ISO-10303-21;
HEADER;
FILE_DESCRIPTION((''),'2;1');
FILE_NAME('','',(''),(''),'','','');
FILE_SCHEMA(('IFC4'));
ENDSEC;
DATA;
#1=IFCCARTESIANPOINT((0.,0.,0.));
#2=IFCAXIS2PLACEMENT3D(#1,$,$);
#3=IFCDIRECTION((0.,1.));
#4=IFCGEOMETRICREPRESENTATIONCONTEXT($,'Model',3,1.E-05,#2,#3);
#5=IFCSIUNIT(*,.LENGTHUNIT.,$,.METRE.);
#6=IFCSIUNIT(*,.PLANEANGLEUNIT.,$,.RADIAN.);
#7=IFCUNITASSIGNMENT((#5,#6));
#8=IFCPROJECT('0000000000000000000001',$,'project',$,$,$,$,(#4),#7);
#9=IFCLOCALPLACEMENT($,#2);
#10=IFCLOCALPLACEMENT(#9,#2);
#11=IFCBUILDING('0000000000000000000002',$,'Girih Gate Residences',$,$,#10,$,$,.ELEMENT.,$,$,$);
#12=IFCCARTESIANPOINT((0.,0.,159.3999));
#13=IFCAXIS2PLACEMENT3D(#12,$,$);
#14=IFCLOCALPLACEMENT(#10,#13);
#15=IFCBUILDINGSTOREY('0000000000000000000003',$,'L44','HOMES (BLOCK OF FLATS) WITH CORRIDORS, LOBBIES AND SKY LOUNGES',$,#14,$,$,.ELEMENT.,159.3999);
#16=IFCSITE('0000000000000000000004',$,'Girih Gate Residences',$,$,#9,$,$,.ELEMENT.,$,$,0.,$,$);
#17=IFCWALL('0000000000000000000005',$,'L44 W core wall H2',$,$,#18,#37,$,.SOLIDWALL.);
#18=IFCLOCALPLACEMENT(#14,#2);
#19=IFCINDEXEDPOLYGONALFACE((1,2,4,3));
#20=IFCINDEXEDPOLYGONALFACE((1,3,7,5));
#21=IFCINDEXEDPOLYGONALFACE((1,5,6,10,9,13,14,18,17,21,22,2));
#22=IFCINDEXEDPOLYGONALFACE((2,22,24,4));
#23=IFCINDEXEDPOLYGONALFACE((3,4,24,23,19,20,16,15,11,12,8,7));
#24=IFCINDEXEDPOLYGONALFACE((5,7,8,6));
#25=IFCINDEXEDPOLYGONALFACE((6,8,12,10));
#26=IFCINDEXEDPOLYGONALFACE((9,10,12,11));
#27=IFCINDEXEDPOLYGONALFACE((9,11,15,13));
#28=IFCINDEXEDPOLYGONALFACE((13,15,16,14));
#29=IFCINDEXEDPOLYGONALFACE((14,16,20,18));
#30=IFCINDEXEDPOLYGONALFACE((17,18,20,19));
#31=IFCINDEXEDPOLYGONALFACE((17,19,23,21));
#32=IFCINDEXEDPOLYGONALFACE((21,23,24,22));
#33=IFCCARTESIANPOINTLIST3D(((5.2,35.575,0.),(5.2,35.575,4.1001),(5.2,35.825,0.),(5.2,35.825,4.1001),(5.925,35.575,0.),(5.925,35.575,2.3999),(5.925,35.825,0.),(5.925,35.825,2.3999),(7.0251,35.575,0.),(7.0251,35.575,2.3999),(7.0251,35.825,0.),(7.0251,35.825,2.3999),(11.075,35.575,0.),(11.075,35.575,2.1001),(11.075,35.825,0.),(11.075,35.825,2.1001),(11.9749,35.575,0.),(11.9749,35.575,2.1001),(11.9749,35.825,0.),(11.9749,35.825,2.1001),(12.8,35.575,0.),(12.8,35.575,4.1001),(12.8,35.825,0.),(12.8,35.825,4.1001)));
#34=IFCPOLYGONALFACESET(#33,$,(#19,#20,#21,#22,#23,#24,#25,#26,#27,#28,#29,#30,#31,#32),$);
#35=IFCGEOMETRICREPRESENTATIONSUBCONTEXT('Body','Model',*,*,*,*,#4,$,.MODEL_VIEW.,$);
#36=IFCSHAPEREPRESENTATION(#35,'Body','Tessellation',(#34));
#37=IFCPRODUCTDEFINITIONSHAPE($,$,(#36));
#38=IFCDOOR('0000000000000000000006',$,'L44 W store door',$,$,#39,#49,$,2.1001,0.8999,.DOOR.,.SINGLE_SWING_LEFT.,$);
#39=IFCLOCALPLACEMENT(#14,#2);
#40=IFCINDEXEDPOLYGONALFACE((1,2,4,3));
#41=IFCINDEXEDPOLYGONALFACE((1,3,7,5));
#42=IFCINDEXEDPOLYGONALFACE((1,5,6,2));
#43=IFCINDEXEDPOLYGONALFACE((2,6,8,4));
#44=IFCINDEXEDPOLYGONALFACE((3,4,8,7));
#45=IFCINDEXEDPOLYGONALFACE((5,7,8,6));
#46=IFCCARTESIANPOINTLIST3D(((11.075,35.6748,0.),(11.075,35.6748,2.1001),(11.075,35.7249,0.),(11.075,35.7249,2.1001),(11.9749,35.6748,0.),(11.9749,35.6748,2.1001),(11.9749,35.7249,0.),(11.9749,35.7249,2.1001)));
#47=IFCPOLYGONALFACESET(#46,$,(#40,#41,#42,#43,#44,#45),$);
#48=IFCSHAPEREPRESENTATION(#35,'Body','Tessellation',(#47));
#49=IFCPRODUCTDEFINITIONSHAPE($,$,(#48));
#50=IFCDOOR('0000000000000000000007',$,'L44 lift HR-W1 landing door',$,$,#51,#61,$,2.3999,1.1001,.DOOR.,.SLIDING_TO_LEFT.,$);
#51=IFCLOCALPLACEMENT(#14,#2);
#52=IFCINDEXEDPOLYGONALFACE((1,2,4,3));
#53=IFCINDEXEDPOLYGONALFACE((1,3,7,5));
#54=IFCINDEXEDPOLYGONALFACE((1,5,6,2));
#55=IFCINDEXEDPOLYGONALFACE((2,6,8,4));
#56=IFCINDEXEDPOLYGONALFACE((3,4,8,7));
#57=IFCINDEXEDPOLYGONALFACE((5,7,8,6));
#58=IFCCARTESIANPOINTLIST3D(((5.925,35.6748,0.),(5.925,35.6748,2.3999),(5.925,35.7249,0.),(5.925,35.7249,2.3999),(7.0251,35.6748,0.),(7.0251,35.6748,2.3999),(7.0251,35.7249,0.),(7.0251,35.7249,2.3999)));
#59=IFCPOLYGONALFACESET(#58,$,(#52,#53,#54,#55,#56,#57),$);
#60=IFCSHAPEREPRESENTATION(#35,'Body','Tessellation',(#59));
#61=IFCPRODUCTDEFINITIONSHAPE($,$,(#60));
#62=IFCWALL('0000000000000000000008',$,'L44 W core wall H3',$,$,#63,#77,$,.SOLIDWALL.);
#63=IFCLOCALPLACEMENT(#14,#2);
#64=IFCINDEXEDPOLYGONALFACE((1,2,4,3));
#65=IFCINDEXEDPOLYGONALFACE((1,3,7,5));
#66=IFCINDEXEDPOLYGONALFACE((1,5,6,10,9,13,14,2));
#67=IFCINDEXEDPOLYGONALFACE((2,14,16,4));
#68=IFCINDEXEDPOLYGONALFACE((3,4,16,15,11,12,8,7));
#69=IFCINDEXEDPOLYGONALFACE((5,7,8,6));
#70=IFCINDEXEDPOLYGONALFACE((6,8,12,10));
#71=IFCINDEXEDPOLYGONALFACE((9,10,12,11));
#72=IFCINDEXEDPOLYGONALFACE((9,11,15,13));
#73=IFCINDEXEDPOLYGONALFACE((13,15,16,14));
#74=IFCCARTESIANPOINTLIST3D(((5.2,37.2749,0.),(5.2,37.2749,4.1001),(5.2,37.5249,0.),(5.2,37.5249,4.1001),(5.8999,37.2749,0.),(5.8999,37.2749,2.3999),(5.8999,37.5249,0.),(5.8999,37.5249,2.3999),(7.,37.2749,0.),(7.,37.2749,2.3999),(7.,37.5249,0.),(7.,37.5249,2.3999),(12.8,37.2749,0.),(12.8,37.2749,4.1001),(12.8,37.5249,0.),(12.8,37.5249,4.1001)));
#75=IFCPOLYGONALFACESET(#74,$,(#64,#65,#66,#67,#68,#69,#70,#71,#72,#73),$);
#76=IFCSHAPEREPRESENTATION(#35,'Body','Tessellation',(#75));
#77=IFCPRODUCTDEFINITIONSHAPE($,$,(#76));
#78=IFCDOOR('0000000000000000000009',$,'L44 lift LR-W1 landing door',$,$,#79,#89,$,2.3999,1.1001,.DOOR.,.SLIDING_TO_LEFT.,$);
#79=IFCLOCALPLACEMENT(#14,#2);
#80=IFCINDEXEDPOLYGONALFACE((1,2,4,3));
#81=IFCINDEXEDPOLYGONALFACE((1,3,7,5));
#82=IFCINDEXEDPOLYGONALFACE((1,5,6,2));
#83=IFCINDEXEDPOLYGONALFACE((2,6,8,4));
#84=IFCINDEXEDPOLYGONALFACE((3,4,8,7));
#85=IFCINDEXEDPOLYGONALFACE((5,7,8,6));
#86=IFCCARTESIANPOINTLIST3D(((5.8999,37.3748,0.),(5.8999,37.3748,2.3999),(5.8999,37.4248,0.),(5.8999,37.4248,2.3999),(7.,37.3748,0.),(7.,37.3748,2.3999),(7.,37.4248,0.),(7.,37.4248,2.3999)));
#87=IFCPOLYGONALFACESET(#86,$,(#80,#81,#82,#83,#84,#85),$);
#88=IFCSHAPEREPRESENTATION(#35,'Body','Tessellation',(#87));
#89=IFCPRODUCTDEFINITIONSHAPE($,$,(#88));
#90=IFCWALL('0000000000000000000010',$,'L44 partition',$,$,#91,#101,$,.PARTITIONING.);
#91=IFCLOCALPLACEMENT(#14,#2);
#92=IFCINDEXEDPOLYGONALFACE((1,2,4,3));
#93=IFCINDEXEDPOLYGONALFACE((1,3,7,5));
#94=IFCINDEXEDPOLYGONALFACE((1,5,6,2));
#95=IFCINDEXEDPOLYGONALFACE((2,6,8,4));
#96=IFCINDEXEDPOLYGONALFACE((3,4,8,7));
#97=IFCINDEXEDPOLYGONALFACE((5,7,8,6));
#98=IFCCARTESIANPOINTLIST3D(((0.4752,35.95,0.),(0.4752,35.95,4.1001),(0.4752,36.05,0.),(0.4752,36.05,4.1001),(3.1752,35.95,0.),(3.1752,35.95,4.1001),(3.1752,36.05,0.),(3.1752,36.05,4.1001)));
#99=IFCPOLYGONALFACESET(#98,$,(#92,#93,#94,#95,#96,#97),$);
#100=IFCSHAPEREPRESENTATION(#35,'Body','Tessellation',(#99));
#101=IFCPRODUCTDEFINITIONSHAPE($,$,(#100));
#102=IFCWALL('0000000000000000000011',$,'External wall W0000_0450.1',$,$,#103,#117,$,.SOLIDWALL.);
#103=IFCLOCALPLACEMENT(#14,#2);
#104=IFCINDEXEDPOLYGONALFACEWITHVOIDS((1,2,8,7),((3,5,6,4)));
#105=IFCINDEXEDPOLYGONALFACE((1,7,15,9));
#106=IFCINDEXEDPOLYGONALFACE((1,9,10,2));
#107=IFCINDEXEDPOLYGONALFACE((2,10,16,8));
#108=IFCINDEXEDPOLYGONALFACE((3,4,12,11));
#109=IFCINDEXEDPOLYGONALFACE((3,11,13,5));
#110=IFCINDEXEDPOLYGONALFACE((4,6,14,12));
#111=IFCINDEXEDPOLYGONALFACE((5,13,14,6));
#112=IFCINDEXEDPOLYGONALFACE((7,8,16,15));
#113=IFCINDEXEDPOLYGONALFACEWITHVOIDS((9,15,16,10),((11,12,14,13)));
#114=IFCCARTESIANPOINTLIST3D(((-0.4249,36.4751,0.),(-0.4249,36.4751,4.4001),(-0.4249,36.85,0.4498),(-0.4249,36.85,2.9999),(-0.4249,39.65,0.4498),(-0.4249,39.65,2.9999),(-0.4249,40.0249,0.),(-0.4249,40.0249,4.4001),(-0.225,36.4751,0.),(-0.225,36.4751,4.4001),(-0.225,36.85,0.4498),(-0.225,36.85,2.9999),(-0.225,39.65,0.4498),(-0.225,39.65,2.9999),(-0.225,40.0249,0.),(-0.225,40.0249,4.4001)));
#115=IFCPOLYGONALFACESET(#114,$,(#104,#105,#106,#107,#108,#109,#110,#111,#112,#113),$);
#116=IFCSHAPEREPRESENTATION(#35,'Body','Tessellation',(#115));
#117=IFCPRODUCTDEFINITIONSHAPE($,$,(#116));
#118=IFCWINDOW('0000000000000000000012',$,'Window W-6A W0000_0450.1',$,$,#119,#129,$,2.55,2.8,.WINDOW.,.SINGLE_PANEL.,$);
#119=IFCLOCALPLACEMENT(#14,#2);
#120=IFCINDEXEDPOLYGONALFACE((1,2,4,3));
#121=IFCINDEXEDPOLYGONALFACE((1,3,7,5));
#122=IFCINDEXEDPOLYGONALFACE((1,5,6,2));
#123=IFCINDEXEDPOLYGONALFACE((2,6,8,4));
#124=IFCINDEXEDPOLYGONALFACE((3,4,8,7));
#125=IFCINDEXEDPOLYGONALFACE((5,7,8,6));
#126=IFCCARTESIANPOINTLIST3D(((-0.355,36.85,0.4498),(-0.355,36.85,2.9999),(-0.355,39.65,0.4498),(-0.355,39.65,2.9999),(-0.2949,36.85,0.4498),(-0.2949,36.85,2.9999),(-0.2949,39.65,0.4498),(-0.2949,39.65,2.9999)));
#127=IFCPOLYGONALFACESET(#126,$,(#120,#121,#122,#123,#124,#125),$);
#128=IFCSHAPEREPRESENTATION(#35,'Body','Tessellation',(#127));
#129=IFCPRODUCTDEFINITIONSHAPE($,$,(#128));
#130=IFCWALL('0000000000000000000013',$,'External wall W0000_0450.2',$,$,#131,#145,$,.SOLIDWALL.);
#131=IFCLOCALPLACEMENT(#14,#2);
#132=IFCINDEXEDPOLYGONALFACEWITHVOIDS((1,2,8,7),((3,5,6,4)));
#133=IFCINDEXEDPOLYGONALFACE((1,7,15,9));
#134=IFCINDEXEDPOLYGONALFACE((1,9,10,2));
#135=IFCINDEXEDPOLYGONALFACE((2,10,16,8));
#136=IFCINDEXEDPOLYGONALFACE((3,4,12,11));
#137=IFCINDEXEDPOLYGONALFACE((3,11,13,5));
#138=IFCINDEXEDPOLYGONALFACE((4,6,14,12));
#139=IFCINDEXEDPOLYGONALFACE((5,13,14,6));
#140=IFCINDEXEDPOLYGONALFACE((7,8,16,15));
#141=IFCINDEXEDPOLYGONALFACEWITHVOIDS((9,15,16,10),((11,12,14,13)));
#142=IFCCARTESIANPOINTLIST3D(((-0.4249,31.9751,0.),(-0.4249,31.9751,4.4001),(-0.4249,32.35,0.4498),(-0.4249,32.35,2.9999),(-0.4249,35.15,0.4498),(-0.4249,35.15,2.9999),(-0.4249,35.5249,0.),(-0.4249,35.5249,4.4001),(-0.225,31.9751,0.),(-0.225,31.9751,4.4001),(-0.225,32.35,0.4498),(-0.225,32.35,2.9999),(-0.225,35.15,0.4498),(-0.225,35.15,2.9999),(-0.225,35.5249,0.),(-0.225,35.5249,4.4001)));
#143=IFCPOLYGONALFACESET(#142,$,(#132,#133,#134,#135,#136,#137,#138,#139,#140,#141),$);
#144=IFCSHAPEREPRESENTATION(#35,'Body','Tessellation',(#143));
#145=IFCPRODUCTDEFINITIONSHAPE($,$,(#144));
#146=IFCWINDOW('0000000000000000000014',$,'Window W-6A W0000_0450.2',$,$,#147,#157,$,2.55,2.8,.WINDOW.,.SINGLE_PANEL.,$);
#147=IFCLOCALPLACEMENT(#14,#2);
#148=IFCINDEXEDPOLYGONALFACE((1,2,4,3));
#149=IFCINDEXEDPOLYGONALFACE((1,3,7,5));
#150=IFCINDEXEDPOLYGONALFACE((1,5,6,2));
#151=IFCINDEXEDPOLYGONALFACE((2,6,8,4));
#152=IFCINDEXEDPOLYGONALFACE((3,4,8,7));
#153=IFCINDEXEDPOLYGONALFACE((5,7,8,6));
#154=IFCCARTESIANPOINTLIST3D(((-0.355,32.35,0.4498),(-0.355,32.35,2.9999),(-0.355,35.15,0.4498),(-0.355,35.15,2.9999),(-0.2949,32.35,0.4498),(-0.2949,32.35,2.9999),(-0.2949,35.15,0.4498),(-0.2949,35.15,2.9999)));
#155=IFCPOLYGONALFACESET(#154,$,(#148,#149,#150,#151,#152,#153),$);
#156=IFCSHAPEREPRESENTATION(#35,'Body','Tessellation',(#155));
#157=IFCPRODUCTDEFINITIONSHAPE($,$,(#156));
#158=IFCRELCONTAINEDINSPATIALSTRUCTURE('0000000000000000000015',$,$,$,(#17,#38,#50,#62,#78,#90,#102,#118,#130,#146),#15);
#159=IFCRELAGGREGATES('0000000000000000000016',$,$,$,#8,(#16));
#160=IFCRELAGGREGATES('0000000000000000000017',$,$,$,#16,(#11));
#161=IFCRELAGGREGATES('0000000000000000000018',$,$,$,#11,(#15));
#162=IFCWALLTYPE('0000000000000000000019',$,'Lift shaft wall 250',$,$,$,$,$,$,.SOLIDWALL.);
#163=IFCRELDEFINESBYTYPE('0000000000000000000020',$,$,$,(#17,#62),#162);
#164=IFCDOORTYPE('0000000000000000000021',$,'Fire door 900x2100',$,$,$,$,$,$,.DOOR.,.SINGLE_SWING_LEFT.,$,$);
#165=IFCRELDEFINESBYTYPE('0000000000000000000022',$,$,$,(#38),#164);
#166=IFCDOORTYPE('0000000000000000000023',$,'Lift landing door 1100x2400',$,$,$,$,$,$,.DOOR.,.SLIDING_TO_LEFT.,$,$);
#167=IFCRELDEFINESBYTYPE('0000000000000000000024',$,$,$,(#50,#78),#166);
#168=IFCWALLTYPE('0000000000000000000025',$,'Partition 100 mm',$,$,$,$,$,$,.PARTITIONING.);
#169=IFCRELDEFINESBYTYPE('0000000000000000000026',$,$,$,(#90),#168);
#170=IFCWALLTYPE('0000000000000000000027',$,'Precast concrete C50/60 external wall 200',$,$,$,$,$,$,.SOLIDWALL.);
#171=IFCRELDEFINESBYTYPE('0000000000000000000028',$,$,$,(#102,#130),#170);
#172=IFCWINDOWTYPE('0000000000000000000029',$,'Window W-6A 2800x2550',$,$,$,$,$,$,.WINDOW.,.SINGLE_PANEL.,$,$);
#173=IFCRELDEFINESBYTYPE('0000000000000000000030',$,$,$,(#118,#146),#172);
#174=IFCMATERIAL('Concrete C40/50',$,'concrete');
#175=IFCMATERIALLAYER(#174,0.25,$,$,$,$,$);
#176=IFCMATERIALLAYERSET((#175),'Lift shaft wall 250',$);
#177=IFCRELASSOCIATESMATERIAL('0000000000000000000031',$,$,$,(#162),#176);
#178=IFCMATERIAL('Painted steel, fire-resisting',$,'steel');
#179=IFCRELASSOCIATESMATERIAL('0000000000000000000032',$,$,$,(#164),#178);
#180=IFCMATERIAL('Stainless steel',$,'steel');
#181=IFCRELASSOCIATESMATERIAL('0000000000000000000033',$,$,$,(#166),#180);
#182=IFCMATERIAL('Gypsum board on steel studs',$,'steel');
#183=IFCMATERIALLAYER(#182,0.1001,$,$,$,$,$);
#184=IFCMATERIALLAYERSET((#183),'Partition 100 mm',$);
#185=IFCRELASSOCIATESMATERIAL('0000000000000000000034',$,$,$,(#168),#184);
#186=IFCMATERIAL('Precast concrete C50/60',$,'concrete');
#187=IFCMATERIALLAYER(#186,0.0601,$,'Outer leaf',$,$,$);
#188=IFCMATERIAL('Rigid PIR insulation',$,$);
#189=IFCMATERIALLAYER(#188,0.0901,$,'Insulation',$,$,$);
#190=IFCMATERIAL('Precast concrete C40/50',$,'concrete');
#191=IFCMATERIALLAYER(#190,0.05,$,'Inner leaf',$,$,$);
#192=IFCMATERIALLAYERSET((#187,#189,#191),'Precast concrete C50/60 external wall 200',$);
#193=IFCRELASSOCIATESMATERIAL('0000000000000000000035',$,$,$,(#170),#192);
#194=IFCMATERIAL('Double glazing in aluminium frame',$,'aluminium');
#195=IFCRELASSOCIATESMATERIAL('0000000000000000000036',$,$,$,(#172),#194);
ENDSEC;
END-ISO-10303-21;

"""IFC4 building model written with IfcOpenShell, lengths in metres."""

from ifc_helpers import new_model, si_unit, direction, frame, frame_2d, origin, place, context, subcontext, project, spatial, rectangle, extrude, material, layer, layer_set, type_object, element, fill, save


model = new_model("IFC4")

# Units and contexts
model_context = context("Model", 3, precision=1e-05, world=origin(), true_north=direction((0.0, 1.0)))
body_context = subcontext(model_context, "Body", "Model", "MODEL_VIEW")
ifc_project = project(units=[si_unit("LENGTHUNIT", "METRE"), si_unit("PLANEANGLEUNIT", "RADIAN")], contexts=[model_context])

# Site, building, storey
site_placement = place(None, origin())
site = spatial("IfcSite", under=ifc_project, at=site_placement, Name="Girih Gate Residences", CompositionType="ELEMENT", RefElevation=0.0)
building_placement = place(site_placement, origin())
building = spatial("IfcBuilding", under=site, at=building_placement, Name="Girih Gate Residences", CompositionType="ELEMENT")
storey_placement = place(building_placement, frame((0.0, 0.0, 159.3999)))
storey = spatial("IfcBuildingStorey", under=building, at=storey_placement, Name="L44", Description="HOMES (BLOCK OF FLATS) WITH CORRIDORS, LOBBIES AND SKY LOUNGES", CompositionType="ELEMENT", Elevation=159.3999)

# Shared definitions
ifc_material_1 = material(Name="Gypsum board on steel studs", Category="steel")

# Shared definitions
ifc_material_2 = material(Name="Concrete C40/50", Category="concrete")
ifc_layer_1 = layer(ifc_material_2, 0.25)
ifc_layer_set_1 = layer_set([ifc_layer_1], Name="Lift shaft wall 250")
wall_type_1 = type_object("IfcWallType", Name="Lift shaft wall 250", PredefinedType="SOLIDWALL", material=ifc_layer_set_1)

# Wall, openings, doors
wall_1_placement = place(storey_placement, frame((5.2, 35.7, 0.0), z_axis=(0.0, 0.0, 1.0), x_axis=(1.0, 0.0, 0.0)))
wall_1 = element("IfcWall", 1, at=wall_1_placement, inside=storey, type_object=wall_type_1, Name="L44 W core wall H2", PredefinedType="SOLIDWALL", context=body_context, shape_type="SweptSolid", body=[
    extrude(rectangle(XDim=7.6001, YDim=0.25, at=frame_2d((3.8, 0.0))), origin(), (0.0, 0.0, 1.0), 4.1001),
])
opening_1_placement = place(wall_1_placement, frame((0.7251, 0.0, 0.0)))
opening_1 = element("IfcOpeningElement", 2, at=opening_1_placement, cuts=wall_1, PredefinedType="OPENING", context=body_context, shape_type="SweptSolid", body=[
    extrude(rectangle(XDim=1.1001, YDim=2.3999, at=frame_2d((0.55, 1.2))), frame((0.0, 0.135, 0.0), z_axis=(0.0, -1.0, 0.0), x_axis=(1.0, 0.0, 0.0)), (0.0, 0.0, 1.0), 0.27),
])
opening_2_placement = place(wall_1_placement, frame((5.875, 0.0, 0.0)))
opening_2 = element("IfcOpeningElement", 3, at=opening_2_placement, cuts=wall_1, PredefinedType="OPENING", context=body_context, shape_type="SweptSolid", body=[
    extrude(rectangle(XDim=0.8999, YDim=2.1001, at=frame_2d((0.45, 1.05))), frame((0.0, 0.135, 0.0), z_axis=(0.0, -1.0, 0.0), x_axis=(1.0, 0.0, 0.0)), (0.0, 0.0, 1.0), 0.27),
])
ifc_material_3 = material(Name="Painted steel, fire-resisting", Category="steel")
door_type_1 = type_object("IfcDoorType", Name="Fire door 900x2100", OperationType="SINGLE_SWING_LEFT", PredefinedType="DOOR", material=ifc_material_3)
door_1_placement = place(opening_2_placement, origin())
door_1 = element("IfcDoor", 4, at=door_1_placement, inside=storey, type_object=door_type_1, Name="L44 W store door", OperationType="SINGLE_SWING_LEFT", OverallHeight=2.1001, OverallWidth=0.8999, PredefinedType="DOOR", context=body_context, shape_type="SweptSolid", body=[
    extrude(rectangle(XDim=0.8999, YDim=2.1001, at=frame_2d((0.45, 1.05))), frame((0.0, 0.0249, 0.0), z_axis=(0.0, -1.0, 0.0), x_axis=(1.0, 0.0, 0.0)), (0.0, 0.0, 1.0), 0.05),
])
fill(opening_2, door_1)
ifc_material_4 = material(Name="Stainless steel", Category="steel")
door_type_2 = type_object("IfcDoorType", Name="Lift landing door 1100x2400", OperationType="SLIDING_TO_LEFT", PredefinedType="DOOR", material=ifc_material_4)
door_2_placement = place(opening_1_placement, origin())
door_2 = element("IfcDoor", 5, at=door_2_placement, inside=storey, type_object=door_type_2, Name="L44 lift HR-W1 landing door", OperationType="SLIDING_TO_LEFT", OverallHeight=2.3999, OverallWidth=1.1001, PredefinedType="DOOR", context=body_context, shape_type="SweptSolid", body=[
    extrude(rectangle(XDim=1.1001, YDim=2.3999, at=frame_2d((0.55, 1.2))), frame((0.0, 0.0249, 0.0), z_axis=(0.0, -1.0, 0.0), x_axis=(1.0, 0.0, 0.0)), (0.0, 0.0, 1.0), 0.05),
])
fill(opening_1, door_2)

# Wall, opening, door
wall_2_placement = place(storey_placement, frame((5.2, 37.3999, 0.0), z_axis=(0.0, 0.0, 1.0), x_axis=(1.0, 0.0, 0.0)))
wall_2 = element("IfcWall", 6, at=wall_2_placement, inside=storey, type_object=wall_type_1, Name="L44 W core wall H3", PredefinedType="SOLIDWALL", context=body_context, shape_type="SweptSolid", body=[
    extrude(rectangle(XDim=7.6001, YDim=0.25, at=frame_2d((3.8, 0.0))), origin(), (0.0, 0.0, 1.0), 4.1001),
])
opening_3_placement = place(wall_2_placement, frame((0.7, 0.0, 0.0)))
opening_3 = element("IfcOpeningElement", 7, at=opening_3_placement, cuts=wall_2, PredefinedType="OPENING", context=body_context, shape_type="SweptSolid", body=[
    extrude(rectangle(XDim=1.1001, YDim=2.3999, at=frame_2d((0.55, 1.2))), frame((0.0, 0.135, 0.0), z_axis=(0.0, -1.0, 0.0), x_axis=(1.0, 0.0, 0.0)), (0.0, 0.0, 1.0), 0.27),
])
door_3_placement = place(opening_3_placement, origin())
door_3 = element("IfcDoor", 8, at=door_3_placement, inside=storey, type_object=door_type_2, Name="L44 lift LR-W1 landing door", OperationType="SLIDING_TO_LEFT", OverallHeight=2.3999, OverallWidth=1.1001, PredefinedType="DOOR", context=body_context, shape_type="SweptSolid", body=[
    extrude(rectangle(XDim=1.1001, YDim=2.3999, at=frame_2d((0.55, 1.2))), frame((0.0, 0.0249, 0.0), z_axis=(0.0, -1.0, 0.0), x_axis=(1.0, 0.0, 0.0)), (0.0, 0.0, 1.0), 0.05),
])
fill(opening_3, door_3)

# Wall
ifc_layer_2 = layer(ifc_material_1, 0.1001)
ifc_layer_set_2 = layer_set([ifc_layer_2], Name="Partition 100 mm")
wall_type_2 = type_object("IfcWallType", Name="Partition 100 mm", PredefinedType="PARTITIONING", material=ifc_layer_set_2)
wall_3_placement = place(storey_placement, frame((0.4751, 36.0, 0.0), z_axis=(0.0, 0.0, 1.0), x_axis=(1.0, 0.0, 0.0)))
element("IfcWall", 9, at=wall_3_placement, inside=storey, type_object=wall_type_2, Name="L44 partition", PredefinedType="PARTITIONING", context=body_context, shape_type="SweptSolid", body=[
    extrude(rectangle(XDim=2.7, YDim=0.1001, at=frame_2d((1.3501, 0.0))), origin(), (0.0, 0.0, 1.0), 4.1001),
])

# Walls, openings, windows
ifc_material_5 = material(Name="Precast concrete C50/60", Category="concrete")
ifc_layer_3 = layer(ifc_material_5, 0.0601, Name="Outer leaf")
ifc_material_6 = material(Name="Rigid PIR insulation")
ifc_layer_4 = layer(ifc_material_6, 0.0901, Name="Insulation")
ifc_material_7 = material(Name="Precast concrete C40/50", Category="concrete")
ifc_layer_5 = layer(ifc_material_7, 0.05, Name="Inner leaf")
ifc_layer_set_3 = layer_set([ifc_layer_3, ifc_layer_4, ifc_layer_5], Name="Precast concrete C50/60 external wall 200")
wall_type_3 = type_object("IfcWallType", Name="Precast concrete C50/60 external wall 200", PredefinedType="SOLIDWALL", material=ifc_layer_set_3)
wall_4_placement = place(storey_placement, frame((-0.325, 36.4751, 0.0), z_axis=(0.0, 0.0, 1.0), x_axis=(0.0, 1.0, 0.0)))
wall_4 = element("IfcWall", 10, at=wall_4_placement, inside=storey, type_object=wall_type_3, Name="External wall W0000_0450.1", PredefinedType="SOLIDWALL", context=body_context, shape_type="SweptSolid", body=[
    extrude(rectangle(XDim=3.5498, YDim=0.2, at=frame_2d((1.7749, 0.0))), origin(), (0.0, 0.0, 1.0), 4.4001),
])
opening_4_placement = place(wall_4_placement, frame((0.375, 0.0, 0.45)))
opening_4 = element("IfcOpeningElement", 11, at=opening_4_placement, cuts=wall_4, PredefinedType="OPENING", context=body_context, shape_type="SweptSolid", body=[
    extrude(rectangle(XDim=2.8, YDim=2.55, at=frame_2d((1.3999, 1.2749))), frame((0.0, 0.1099, 0.0), z_axis=(0.0, -1.0, 0.0), x_axis=(1.0, 0.0, 0.0)), (0.0, 0.0, 1.0), 0.22),
])
ifc_material_8 = material(Name="Double glazing in aluminium frame", Category="aluminium")
window_type = type_object("IfcWindowType", Name="Window W-6A 2800x2550", PartitioningType="SINGLE_PANEL", PredefinedType="WINDOW", material=ifc_material_8)
window_1_placement = place(opening_4_placement, origin())
window_1 = element("IfcWindow", 12, at=window_1_placement, inside=storey, type_object=window_type, Name="Window W-6A W0000_0450.1", OverallHeight=2.55, OverallWidth=2.8, PartitioningType="SINGLE_PANEL", PredefinedType="WINDOW", context=body_context, shape_type="SweptSolid", body=[
    extrude(rectangle(XDim=2.8, YDim=2.55, at=frame_2d((1.3999, 1.2749))), frame((0.0, 0.03, 0.0), z_axis=(0.0, -1.0, 0.0), x_axis=(1.0, 0.0, 0.0)), (0.0, 0.0, 1.0), 0.0601),
])
fill(opening_4, window_1)
wall_5_placement = place(storey_placement, frame((-0.325, 31.9751, 0.0), z_axis=(0.0, 0.0, 1.0), x_axis=(0.0, 1.0, 0.0)))
wall_5 = element("IfcWall", 13, at=wall_5_placement, inside=storey, type_object=wall_type_3, Name="External wall W0000_0450.2", PredefinedType="SOLIDWALL", context=body_context, shape_type="SweptSolid", body=[
    extrude(rectangle(XDim=3.5498, YDim=0.2, at=frame_2d((1.7749, 0.0))), origin(), (0.0, 0.0, 1.0), 4.4001),
])
opening_5_placement = place(wall_5_placement, frame((0.375, 0.0, 0.45)))
opening_5 = element("IfcOpeningElement", 14, at=opening_5_placement, cuts=wall_5, PredefinedType="OPENING", context=body_context, shape_type="SweptSolid", body=[
    extrude(rectangle(XDim=2.8, YDim=2.55, at=frame_2d((1.3999, 1.2749))), frame((0.0, 0.1099, 0.0), z_axis=(0.0, -1.0, 0.0), x_axis=(1.0, 0.0, 0.0)), (0.0, 0.0, 1.0), 0.22),
])
window_2_placement = place(opening_5_placement, origin())
window_2 = element("IfcWindow", 15, at=window_2_placement, inside=storey, type_object=window_type, Name="Window W-6A W0000_0450.2", OverallHeight=2.55, OverallWidth=2.8, PartitioningType="SINGLE_PANEL", PredefinedType="WINDOW", context=body_context, shape_type="SweptSolid", body=[
    extrude(rectangle(XDim=2.8, YDim=2.55, at=frame_2d((1.3999, 1.2749))), frame((0.0, 0.03, 0.0), z_axis=(0.0, -1.0, 0.0), x_axis=(1.0, 0.0, 0.0)), (0.0, 0.0, 1.0), 0.0601),
])
fill(opening_5, window_2)

save(model, "model.ifc")
